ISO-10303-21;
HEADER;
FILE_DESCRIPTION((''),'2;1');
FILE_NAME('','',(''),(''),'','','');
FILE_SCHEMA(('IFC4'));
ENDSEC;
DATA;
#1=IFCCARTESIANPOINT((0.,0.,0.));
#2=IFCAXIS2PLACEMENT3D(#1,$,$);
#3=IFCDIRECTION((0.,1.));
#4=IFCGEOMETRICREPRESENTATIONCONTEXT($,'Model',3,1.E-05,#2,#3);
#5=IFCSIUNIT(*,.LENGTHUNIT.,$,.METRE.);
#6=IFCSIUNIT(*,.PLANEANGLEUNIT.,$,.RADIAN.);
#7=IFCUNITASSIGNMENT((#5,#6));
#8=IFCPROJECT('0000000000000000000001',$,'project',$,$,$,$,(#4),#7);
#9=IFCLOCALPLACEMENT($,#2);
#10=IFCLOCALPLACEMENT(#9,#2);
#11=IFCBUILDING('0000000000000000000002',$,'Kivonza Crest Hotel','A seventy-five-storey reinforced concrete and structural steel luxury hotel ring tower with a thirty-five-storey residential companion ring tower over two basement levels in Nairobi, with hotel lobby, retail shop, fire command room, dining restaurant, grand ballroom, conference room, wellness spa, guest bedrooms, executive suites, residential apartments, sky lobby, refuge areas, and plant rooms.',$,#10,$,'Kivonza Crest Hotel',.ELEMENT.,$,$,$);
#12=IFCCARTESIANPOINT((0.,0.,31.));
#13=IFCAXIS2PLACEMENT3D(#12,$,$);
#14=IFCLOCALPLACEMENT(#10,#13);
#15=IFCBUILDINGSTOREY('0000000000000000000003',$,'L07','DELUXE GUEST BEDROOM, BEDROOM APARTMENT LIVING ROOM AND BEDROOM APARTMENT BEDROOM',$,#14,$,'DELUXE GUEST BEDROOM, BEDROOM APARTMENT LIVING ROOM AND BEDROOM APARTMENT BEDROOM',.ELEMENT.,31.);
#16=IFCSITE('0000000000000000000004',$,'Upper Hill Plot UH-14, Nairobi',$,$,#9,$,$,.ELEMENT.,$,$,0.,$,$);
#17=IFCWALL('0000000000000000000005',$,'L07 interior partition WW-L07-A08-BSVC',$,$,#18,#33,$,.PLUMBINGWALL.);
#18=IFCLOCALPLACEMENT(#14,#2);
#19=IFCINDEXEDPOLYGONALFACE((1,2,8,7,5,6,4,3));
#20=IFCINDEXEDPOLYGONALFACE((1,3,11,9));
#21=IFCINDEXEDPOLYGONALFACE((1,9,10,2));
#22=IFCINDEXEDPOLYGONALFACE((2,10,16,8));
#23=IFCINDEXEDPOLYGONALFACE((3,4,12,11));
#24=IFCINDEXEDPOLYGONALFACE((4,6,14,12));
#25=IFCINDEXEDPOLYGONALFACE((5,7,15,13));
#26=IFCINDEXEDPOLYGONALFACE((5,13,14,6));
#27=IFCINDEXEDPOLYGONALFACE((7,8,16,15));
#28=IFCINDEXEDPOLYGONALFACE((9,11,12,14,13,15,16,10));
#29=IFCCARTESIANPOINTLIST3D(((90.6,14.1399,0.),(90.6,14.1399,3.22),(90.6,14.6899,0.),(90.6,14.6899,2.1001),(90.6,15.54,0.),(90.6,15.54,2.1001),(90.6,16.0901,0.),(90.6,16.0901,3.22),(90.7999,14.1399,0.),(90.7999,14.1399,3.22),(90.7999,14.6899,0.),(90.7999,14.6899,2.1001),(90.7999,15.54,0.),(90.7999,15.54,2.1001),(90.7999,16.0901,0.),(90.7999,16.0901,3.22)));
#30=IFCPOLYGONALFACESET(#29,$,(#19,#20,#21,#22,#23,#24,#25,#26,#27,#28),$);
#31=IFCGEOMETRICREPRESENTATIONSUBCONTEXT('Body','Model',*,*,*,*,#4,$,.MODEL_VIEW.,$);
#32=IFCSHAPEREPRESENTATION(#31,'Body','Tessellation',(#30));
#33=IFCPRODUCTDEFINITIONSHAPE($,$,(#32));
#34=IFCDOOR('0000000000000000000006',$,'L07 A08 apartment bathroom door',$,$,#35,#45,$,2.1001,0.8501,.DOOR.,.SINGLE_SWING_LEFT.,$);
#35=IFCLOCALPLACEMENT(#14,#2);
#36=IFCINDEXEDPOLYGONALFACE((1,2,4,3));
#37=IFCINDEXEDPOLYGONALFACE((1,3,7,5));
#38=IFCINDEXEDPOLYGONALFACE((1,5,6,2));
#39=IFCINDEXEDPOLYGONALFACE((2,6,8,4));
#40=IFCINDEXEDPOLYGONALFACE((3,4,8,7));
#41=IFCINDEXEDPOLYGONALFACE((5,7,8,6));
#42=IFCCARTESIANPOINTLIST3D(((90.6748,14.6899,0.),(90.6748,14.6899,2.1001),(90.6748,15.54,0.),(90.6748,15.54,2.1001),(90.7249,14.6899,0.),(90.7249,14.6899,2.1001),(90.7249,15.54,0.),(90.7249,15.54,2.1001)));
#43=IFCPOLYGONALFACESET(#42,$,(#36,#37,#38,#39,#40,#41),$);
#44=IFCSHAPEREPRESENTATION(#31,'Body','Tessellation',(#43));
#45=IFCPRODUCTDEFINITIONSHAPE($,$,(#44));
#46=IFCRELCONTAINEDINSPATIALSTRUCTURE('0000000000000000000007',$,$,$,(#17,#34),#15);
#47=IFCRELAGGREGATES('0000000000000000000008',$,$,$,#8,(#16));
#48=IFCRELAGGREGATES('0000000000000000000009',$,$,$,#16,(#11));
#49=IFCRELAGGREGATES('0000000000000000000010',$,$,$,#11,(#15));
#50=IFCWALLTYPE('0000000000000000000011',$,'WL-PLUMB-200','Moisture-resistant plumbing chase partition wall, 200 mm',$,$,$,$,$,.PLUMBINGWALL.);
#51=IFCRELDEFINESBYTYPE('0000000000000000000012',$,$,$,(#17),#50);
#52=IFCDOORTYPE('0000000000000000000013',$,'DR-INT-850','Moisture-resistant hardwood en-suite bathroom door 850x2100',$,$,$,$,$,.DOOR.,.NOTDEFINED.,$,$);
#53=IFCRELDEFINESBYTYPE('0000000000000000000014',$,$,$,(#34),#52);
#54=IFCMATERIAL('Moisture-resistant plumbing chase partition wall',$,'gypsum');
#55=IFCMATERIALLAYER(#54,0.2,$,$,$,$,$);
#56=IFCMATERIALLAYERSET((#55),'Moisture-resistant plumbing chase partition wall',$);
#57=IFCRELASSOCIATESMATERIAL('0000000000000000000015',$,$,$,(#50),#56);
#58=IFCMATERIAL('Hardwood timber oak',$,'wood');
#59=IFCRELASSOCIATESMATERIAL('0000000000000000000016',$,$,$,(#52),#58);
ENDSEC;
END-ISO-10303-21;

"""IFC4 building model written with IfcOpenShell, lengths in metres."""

from ifc_helpers import new_model, si_unit, direction, frame, frame_2d, origin, place, context, subcontext, project, spatial, rectangle, extrude, material, layer, layer_set, type_object, element, fill, save


model = new_model("IFC4")

# Units and contexts
model_context = context("Model", 3, precision=1e-05, world=origin(), true_north=direction((0.0, 1.0)))
body_context = subcontext(model_context, "Body", "Model", "MODEL_VIEW")
ifc_project = project(units=[si_unit("LENGTHUNIT", "METRE"), si_unit("PLANEANGLEUNIT", "RADIAN")], contexts=[model_context])

# Site, building, storey
site_placement = place(None, origin())
site = spatial("IfcSite", under=ifc_project, at=site_placement, Name="Upper Hill Plot UH-14, Nairobi", CompositionType="ELEMENT", RefElevation=0.0)
building_placement = place(site_placement, origin())
building = spatial("IfcBuilding", under=site, at=building_placement, Name="Kivonza Crest Hotel", Description="A seventy-five-storey reinforced concrete and structural steel luxury hotel ring tower with a thirty-five-storey residential companion ring tower over two basement levels in Nairobi, with hotel lobby, retail shop, fire command room, dining restaurant, grand ballroom, conference room, wellness spa, guest bedrooms, executive suites, residential apartments, sky lobby, refuge areas, and plant rooms.", LongName="Kivonza Crest Hotel", CompositionType="ELEMENT")
storey_placement = place(building_placement, frame((0.0, 0.0, 31.0)))
storey = spatial("IfcBuildingStorey", under=building, at=storey_placement, Name="L07", Description="DELUXE GUEST BEDROOM, BEDROOM APARTMENT LIVING ROOM AND BEDROOM APARTMENT BEDROOM", LongName="DELUXE GUEST BEDROOM, BEDROOM APARTMENT LIVING ROOM AND BEDROOM APARTMENT BEDROOM", CompositionType="ELEMENT", Elevation=31.0)

# Shared definitions
ifc_material_1 = material(Name="Hardwood timber oak", Category="wood")

# Shared definitions
ifc_material_2 = material(Name="Moisture-resistant plumbing chase partition wall", Category="gypsum")
ifc_layer_1 = layer(ifc_material_2, 0.2)
ifc_layer_set_1 = layer_set([ifc_layer_1], Name="Moisture-resistant plumbing chase partition wall")
wall_type_1 = type_object("IfcWallType", Name="WL-PLUMB-200", Description="Moisture-resistant plumbing chase partition wall, 200 mm", PredefinedType="PLUMBINGWALL", material=ifc_layer_set_1)

# Wall, opening, door
wall_1_placement = place(storey_placement, frame((90.7, 14.1399, 0.0), z_axis=(0.0, 0.0, 1.0), x_axis=(0.0, 1.0, 0.0)))
wall_1 = element("IfcWall", 1, at=wall_1_placement, inside=storey, type_object=wall_type_1, Name="L07 interior partition WW-L07-A08-BSVC", PredefinedType="PLUMBINGWALL", context=body_context, shape_type="SweptSolid", body=[
    extrude(rectangle(XDim=1.9502, YDim=0.2, at=frame_2d((0.9751, 0.0))), origin(), (0.0, 0.0, 1.0), 3.22),
])
opening_1_placement = place(wall_1_placement, frame((0.55, 0.0, 0.0)))
opening_1 = element("IfcOpeningElement", 2, at=opening_1_placement, cuts=wall_1, PredefinedType="OPENING", context=body_context, shape_type="SweptSolid", body=[
    extrude(rectangle(XDim=0.8501, YDim=2.1001, at=frame_2d((0.425, 1.05))), frame((0.0, 0.1099, 0.0), z_axis=(0.0, -1.0, 0.0), x_axis=(1.0, 0.0, 0.0)), (0.0, 0.0, 1.0), 0.22),
])
door_type_1 = type_object("IfcDoorType", Name="DR-INT-850", Description="Moisture-resistant hardwood en-suite bathroom door 850x2100", OperationType="NOTDEFINED", PredefinedType="DOOR", material=ifc_material_1)
door_1_placement = place(opening_1_placement, frame((0.8501, 0.0, 0.0), z_axis=(0.0, 0.0, 1.0), x_axis=(-1.0, 0.0, 0.0)))
door_1 = element("IfcDoor", 3, at=door_1_placement, inside=storey, type_object=door_type_1, Name="L07 A08 apartment bathroom door", OperationType="SINGLE_SWING_LEFT", OverallHeight=2.1001, OverallWidth=0.8501, PredefinedType="DOOR", context=body_context, shape_type="SweptSolid", body=[
    extrude(rectangle(XDim=0.8501, YDim=2.1001, at=frame_2d((0.425, 1.05))), frame((0.0, 0.0249, 0.0), z_axis=(0.0, -1.0, 0.0), x_axis=(1.0, 0.0, 0.0)), (0.0, 0.0, 1.0), 0.05),
])
fill(opening_1, door_1)

save(model, "model.ifc")
